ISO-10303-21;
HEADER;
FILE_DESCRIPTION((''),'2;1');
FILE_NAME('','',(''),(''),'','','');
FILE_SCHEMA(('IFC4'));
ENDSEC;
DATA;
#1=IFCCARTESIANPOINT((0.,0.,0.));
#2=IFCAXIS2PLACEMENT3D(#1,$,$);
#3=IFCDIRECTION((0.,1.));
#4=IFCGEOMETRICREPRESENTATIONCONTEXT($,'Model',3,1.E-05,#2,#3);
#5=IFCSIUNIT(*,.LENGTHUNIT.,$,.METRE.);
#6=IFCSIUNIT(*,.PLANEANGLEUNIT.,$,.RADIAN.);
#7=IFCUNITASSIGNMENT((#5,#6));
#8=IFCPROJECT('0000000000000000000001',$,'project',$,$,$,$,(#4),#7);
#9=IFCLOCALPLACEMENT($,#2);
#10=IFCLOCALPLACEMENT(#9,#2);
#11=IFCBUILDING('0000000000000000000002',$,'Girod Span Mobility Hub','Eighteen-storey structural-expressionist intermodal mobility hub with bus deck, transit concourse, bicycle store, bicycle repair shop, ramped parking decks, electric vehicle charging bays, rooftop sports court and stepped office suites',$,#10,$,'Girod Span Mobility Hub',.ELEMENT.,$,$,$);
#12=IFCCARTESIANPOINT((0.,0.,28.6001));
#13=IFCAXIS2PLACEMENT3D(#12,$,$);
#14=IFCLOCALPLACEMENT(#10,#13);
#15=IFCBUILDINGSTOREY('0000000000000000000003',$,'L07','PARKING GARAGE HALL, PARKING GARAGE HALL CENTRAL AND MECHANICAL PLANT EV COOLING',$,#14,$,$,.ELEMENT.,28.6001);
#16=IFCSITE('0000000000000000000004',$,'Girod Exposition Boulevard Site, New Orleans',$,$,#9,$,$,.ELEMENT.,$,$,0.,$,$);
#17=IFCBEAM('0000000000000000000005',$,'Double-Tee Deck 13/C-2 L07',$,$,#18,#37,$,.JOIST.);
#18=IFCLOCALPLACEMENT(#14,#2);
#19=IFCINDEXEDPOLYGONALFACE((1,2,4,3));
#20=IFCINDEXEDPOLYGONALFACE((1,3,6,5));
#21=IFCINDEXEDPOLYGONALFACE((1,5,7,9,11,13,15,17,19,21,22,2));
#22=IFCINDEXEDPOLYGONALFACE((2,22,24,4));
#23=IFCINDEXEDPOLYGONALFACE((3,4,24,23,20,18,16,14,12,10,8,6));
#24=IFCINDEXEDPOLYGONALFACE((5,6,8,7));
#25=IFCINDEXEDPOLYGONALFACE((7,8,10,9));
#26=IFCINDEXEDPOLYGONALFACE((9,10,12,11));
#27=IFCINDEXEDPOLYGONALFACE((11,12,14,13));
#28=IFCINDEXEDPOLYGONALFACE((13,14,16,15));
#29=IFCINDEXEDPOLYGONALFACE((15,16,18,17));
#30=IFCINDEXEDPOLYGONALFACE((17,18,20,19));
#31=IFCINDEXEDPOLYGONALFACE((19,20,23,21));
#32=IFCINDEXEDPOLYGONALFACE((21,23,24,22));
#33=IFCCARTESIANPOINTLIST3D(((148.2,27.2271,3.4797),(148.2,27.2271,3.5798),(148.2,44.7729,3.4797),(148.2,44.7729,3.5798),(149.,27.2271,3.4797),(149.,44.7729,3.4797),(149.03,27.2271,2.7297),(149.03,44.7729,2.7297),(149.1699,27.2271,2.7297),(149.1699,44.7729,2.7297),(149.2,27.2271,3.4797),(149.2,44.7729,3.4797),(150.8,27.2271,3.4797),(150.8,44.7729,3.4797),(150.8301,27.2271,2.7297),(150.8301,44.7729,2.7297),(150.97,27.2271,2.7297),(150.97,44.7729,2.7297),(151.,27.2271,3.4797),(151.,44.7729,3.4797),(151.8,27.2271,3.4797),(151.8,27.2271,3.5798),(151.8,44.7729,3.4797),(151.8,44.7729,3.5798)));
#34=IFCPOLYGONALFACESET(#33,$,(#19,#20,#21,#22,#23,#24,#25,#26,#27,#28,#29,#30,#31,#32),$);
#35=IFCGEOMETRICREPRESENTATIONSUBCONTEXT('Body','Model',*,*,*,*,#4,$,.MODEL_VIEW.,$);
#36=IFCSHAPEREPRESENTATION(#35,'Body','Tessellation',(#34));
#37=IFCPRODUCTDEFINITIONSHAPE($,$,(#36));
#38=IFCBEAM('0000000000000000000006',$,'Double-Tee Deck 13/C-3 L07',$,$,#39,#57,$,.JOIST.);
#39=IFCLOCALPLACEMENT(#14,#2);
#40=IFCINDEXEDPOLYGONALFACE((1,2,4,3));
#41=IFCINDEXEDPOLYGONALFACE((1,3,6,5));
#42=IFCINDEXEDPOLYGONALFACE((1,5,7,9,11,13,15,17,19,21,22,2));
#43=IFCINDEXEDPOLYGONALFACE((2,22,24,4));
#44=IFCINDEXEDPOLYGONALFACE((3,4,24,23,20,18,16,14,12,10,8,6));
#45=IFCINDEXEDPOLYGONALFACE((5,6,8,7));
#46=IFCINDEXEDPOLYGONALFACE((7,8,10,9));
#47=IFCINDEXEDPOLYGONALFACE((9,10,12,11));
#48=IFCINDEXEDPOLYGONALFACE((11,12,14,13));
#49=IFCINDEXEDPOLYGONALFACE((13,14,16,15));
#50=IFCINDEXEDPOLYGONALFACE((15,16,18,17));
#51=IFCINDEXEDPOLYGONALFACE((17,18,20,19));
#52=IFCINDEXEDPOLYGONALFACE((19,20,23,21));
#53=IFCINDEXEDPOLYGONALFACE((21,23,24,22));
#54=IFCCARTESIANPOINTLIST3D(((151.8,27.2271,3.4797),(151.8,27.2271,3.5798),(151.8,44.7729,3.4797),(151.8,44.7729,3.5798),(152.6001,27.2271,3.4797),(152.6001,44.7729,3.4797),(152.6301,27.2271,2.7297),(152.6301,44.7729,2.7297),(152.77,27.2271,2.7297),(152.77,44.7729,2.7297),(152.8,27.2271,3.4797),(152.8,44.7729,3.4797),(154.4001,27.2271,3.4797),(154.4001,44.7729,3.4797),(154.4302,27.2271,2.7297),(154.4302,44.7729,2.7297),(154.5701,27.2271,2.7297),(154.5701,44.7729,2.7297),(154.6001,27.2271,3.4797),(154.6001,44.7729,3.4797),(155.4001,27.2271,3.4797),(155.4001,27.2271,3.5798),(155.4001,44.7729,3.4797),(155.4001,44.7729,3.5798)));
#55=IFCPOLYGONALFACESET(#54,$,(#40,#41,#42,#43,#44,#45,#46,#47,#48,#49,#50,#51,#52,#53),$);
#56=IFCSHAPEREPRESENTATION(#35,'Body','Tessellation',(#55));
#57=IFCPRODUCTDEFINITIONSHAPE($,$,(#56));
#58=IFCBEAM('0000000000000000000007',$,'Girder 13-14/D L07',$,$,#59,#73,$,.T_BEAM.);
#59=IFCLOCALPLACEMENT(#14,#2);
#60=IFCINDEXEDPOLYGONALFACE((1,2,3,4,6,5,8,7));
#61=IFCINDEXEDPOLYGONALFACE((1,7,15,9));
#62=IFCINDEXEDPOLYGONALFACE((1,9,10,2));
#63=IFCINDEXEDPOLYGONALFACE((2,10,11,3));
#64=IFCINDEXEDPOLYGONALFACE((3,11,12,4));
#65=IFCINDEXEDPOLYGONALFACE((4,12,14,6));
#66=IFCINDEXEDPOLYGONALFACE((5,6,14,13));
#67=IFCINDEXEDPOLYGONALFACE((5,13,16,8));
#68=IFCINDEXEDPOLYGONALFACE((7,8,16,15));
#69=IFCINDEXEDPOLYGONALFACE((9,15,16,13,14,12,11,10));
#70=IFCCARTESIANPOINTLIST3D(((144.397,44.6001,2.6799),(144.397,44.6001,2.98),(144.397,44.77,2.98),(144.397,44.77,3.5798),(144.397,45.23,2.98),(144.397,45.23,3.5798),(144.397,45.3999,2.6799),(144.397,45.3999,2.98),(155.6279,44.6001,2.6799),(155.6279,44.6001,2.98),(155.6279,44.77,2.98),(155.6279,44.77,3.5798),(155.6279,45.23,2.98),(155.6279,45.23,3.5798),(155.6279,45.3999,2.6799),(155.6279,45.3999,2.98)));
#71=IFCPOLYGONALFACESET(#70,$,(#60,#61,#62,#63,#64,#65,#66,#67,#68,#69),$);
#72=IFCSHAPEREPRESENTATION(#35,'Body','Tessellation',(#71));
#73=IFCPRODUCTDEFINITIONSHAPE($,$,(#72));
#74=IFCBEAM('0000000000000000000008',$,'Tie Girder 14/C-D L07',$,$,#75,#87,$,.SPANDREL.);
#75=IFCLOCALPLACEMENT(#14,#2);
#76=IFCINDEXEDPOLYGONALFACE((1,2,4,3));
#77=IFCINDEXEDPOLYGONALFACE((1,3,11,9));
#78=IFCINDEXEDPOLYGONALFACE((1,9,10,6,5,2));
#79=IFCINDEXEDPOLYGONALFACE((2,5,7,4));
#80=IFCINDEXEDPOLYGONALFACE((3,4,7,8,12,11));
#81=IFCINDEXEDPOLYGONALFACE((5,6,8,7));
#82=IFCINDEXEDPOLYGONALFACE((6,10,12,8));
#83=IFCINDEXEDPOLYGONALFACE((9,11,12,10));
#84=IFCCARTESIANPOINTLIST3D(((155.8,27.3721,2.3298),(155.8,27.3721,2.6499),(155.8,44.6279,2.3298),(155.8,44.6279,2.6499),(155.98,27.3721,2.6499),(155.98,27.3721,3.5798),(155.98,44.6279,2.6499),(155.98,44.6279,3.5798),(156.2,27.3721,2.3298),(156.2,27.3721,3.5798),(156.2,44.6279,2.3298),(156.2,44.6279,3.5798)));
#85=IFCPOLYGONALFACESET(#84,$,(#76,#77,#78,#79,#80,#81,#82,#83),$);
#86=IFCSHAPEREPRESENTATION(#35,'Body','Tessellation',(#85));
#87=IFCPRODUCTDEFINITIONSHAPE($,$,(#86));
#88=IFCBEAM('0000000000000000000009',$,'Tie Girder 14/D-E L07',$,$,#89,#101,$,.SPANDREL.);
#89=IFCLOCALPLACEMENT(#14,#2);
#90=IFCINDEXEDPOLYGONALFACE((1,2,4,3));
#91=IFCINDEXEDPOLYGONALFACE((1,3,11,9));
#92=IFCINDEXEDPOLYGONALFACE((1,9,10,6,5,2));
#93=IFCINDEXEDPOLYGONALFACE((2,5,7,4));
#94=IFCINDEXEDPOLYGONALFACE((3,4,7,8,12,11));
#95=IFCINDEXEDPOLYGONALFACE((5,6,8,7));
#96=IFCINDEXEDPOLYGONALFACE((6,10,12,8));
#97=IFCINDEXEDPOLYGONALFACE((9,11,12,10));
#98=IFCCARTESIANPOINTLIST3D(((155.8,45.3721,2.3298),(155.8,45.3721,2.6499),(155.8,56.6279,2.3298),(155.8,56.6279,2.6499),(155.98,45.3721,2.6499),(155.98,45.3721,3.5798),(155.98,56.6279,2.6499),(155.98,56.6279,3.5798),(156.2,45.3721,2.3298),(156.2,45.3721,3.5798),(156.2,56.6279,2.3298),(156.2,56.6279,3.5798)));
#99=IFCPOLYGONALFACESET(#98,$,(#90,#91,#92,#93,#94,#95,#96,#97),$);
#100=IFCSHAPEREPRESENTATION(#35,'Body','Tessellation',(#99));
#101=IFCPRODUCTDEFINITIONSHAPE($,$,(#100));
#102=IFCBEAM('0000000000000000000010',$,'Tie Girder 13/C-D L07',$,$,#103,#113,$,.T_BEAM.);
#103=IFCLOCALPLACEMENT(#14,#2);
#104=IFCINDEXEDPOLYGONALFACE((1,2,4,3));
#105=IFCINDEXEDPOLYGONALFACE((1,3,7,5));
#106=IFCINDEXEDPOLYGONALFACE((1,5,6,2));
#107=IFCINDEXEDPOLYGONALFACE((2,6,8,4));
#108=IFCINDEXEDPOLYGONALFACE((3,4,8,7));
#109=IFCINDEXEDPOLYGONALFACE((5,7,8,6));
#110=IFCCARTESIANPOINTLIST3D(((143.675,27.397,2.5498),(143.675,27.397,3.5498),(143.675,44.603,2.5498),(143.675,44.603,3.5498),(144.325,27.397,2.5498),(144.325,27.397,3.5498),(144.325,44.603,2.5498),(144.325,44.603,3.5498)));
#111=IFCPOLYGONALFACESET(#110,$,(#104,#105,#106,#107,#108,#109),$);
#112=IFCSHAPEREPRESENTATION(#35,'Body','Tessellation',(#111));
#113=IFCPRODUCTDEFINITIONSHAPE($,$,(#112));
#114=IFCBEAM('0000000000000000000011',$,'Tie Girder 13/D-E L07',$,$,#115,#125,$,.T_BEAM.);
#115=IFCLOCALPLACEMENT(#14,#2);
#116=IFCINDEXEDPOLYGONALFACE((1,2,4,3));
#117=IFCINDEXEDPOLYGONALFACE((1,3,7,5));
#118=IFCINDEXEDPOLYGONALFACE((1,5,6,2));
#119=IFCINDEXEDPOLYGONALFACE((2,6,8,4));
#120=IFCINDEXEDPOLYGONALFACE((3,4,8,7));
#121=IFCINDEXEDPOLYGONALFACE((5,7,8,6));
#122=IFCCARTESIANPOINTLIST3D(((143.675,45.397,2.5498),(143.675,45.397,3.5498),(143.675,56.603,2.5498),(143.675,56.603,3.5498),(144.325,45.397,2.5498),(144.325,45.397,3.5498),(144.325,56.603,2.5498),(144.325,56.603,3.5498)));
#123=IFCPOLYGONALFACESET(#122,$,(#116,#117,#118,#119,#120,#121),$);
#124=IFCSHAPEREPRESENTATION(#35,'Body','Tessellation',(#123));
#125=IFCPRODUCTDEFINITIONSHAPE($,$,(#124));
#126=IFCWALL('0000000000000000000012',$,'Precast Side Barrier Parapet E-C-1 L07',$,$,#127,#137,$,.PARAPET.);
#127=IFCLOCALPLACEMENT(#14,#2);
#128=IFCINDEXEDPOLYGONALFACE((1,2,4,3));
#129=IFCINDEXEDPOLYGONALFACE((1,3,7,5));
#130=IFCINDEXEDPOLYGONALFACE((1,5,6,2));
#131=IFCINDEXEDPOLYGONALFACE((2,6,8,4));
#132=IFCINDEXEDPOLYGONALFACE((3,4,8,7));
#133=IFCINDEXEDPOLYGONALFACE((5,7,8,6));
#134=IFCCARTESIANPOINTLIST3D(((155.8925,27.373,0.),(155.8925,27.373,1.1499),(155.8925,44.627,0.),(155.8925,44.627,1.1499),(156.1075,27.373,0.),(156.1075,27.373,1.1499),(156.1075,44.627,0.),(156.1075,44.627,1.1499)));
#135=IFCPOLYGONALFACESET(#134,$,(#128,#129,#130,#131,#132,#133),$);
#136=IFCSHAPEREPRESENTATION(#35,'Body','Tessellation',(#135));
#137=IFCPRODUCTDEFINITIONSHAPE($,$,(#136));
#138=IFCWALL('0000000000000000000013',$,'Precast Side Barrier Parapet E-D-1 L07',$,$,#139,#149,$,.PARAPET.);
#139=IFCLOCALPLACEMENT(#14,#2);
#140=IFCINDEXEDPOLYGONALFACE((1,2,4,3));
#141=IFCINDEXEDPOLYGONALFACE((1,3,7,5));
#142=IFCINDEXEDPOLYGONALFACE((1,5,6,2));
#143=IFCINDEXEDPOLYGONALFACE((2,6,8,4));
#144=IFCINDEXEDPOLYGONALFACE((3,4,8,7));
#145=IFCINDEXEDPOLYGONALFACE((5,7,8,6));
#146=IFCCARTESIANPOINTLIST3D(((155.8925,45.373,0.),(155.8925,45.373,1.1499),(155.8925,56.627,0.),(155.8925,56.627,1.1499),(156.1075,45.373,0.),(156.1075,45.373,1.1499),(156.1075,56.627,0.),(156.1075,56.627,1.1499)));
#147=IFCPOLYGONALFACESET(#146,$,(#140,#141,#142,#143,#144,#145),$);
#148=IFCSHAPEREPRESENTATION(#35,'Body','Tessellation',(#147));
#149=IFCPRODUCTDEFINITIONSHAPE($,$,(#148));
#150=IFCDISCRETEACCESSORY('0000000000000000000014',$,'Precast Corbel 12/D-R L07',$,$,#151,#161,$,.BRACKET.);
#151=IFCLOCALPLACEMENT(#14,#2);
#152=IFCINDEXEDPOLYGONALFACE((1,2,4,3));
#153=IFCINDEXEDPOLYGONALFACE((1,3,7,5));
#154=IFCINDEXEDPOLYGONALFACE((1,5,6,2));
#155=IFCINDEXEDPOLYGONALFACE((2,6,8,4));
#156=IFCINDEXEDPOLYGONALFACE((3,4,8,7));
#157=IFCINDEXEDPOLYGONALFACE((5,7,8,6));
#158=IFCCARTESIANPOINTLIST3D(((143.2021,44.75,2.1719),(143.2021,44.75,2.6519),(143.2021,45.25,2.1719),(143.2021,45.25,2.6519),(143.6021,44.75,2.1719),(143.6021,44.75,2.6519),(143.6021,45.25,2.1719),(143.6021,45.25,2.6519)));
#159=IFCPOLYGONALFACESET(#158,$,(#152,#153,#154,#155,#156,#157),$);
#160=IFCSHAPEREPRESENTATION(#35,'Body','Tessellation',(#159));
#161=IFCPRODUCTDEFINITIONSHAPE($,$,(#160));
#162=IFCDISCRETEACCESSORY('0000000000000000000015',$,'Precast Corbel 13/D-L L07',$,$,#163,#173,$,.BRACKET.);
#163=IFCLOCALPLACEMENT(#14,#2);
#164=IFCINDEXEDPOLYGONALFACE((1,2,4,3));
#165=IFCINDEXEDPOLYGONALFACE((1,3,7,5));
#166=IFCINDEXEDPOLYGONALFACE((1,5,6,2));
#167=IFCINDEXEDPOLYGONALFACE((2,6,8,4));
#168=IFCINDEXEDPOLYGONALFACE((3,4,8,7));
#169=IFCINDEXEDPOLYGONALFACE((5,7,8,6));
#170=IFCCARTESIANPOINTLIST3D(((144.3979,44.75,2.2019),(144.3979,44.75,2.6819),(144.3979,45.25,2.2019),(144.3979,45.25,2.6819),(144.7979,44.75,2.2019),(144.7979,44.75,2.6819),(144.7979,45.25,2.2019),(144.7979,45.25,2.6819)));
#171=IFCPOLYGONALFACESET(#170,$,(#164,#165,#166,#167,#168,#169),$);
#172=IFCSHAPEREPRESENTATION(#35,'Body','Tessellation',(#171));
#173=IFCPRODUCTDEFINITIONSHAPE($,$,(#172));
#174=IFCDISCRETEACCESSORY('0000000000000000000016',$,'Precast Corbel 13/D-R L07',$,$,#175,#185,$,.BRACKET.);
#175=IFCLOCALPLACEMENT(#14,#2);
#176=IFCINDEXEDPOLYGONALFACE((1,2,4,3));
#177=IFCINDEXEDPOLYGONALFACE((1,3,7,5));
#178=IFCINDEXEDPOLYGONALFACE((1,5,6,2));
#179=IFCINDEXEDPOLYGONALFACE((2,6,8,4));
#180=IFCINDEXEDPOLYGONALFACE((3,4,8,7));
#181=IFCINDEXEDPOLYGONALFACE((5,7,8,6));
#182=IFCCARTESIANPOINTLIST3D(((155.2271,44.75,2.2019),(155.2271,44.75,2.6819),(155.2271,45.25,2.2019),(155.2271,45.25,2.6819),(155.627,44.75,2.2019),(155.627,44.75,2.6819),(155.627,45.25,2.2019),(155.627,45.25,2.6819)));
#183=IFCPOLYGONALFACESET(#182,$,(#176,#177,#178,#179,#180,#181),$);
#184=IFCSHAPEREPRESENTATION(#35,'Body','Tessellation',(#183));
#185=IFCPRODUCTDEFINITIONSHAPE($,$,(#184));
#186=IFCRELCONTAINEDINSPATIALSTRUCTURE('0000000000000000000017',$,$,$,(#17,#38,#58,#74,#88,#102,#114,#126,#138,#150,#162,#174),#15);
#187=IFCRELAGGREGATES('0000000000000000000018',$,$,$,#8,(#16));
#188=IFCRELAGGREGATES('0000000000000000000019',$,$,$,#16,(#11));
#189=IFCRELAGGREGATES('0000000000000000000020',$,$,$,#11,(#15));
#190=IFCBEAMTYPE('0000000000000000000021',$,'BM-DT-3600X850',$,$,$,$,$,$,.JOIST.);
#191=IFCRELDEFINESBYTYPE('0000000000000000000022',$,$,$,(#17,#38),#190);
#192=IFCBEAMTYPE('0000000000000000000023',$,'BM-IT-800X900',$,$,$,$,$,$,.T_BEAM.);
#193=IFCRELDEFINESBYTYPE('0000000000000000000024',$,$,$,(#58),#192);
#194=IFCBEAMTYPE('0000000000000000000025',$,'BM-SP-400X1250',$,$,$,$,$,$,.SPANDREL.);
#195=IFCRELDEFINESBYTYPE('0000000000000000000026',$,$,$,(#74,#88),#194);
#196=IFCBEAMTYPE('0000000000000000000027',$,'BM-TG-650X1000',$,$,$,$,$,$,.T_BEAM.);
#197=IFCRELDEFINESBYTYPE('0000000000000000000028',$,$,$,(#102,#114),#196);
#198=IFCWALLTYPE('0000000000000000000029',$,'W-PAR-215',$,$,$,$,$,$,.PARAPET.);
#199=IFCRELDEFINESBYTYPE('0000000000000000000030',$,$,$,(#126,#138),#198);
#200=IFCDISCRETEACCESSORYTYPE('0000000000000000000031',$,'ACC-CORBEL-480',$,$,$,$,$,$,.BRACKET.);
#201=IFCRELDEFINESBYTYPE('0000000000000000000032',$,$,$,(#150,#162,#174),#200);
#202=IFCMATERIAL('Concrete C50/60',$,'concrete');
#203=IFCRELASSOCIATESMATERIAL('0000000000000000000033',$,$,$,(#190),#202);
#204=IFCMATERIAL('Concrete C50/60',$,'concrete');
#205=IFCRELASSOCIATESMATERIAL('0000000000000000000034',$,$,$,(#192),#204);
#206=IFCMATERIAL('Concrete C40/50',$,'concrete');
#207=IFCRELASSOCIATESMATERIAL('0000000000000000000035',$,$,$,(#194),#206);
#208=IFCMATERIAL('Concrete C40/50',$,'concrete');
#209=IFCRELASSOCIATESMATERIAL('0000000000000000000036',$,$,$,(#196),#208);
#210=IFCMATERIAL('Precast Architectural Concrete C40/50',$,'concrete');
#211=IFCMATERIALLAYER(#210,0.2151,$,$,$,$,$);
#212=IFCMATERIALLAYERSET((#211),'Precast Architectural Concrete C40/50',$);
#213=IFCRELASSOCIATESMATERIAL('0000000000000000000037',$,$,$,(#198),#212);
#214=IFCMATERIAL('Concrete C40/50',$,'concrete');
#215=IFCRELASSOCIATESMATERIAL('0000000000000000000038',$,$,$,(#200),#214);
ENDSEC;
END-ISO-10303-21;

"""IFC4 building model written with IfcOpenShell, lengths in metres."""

from ifc_helpers import new_model, si_unit, direction, frame, frame_2d, origin, origin_2d, place, context, subcontext, project, spatial, polyline, rectangle, outline, extrude, material, layer, layer_set, material_profile, profile_set, type_object, element, save


model = new_model("IFC4")

# Units and contexts
model_context = context("Model", 3, precision=1e-05, world=origin(), true_north=direction((0.0, 1.0)))
body_context = subcontext(model_context, "Body", "Model", "MODEL_VIEW")
ifc_project = project(units=[si_unit("LENGTHUNIT", "METRE"), si_unit("PLANEANGLEUNIT", "RADIAN")], contexts=[model_context])

# Site, building, storey
site_placement = place(None, origin())
site = spatial("IfcSite", under=ifc_project, at=site_placement, Name="Girod Exposition Boulevard Site, New Orleans", CompositionType="ELEMENT", RefElevation=0.0)
building_placement = place(site_placement, origin())
building = spatial("IfcBuilding", under=site, at=building_placement, Name="Girod Span Mobility Hub", Description="Eighteen-storey structural-expressionist intermodal mobility hub with bus deck, transit concourse, bicycle store, bicycle repair shop, ramped parking decks, electric vehicle charging bays, rooftop sports court and stepped office suites", LongName="Girod Span Mobility Hub", CompositionType="ELEMENT")
storey_placement = place(building_placement, frame((0.0, 0.0, 28.6001)))
storey = spatial("IfcBuildingStorey", under=building, at=storey_placement, Name="L07", Description="PARKING GARAGE HALL, PARKING GARAGE HALL CENTRAL AND MECHANICAL PLANT EV COOLING", CompositionType="ELEMENT", Elevation=28.6001)

# Beams
ifc_material_1 = material(Name="Concrete C50/60", Category="concrete")
ifc_material_profile_1 = material_profile(ifc_material_1, outline(polyline([(-1.8, 0.425), (-1.8, 0.325), (-1.0, 0.325), (-0.97, -0.425), (-0.8301, -0.425), (-0.8, 0.325), (0.8, 0.325), (0.8301, -0.425), (0.97, -0.425), (1.0, 0.325), (1.8, 0.325), (1.8, 0.425), (-1.8, 0.425)])), Name="DT-3600X850")
ifc_profile_set_1 = profile_set([ifc_material_profile_1], Name="Concrete C50/60")
beam_type_1 = type_object("IfcBeamType", Name="BM-DT-3600X850", PredefinedType="JOIST", material=ifc_profile_set_1)
for number, where, z_axis, x_axis, name in (
    (1, (150.0, 27.2271, 3.1548), (0.0, 1.0, 0.0), (-1.0, 0.0, 0.0), "Double-Tee Deck 13/C-2 L07"),
    (2, (153.6001, 27.2271, 3.1548), (0.0, 1.0, 0.0), (-1.0, 0.0, 0.0), "Double-Tee Deck 13/C-3 L07"),
):
    element("IfcBeam", number, at=place(storey_placement, frame(where, z_axis=z_axis, x_axis=x_axis)), inside=storey, type_object=beam_type_1, Name=name, PredefinedType="JOIST", context=body_context, shape_type="SweptSolid", body=[
        extrude(outline(polyline([(-1.8, 0.425), (-1.8, 0.325), (-1.0, 0.325), (-0.97, -0.425), (-0.8301, -0.425), (-0.8, 0.325), (0.8, 0.325), (0.8301, -0.425), (0.97, -0.425), (1.0, 0.325), (1.8, 0.325), (1.8, 0.425), (-1.8, 0.425)])), origin(), (0.0, 0.0, 1.0), 17.5459),
    ])
ifc_material_2 = material(Name="Concrete C50/60", Category="concrete")
ifc_material_profile_2 = material_profile(ifc_material_2, outline(polyline([(-0.3999, -0.45), (0.3999, -0.45), (0.3999, -0.1499), (0.23, -0.1499), (0.23, 0.45), (-0.23, 0.45), (-0.23, -0.1499), (-0.3999, -0.1499), (-0.3999, -0.45)])), Name="IT-800X900")
ifc_profile_set_2 = profile_set([ifc_material_profile_2], Name="Concrete C50/60")
beam_type_2 = type_object("IfcBeamType", Name="BM-IT-800X900", PredefinedType="T_BEAM", material=ifc_profile_set_2)
beam_1_placement = place(storey_placement, frame((144.397, 45.0, 3.1299), z_axis=(1.0, 0.0, 0.0), x_axis=(0.0, 1.0, 0.0)))
element("IfcBeam", 3, at=beam_1_placement, inside=storey, type_object=beam_type_2, Name="Girder 13-14/D L07", PredefinedType="T_BEAM", context=body_context, shape_type="SweptSolid", body=[
    extrude(outline(polyline([(-0.3999, -0.45), (0.3999, -0.45), (0.3999, -0.1499), (0.23, -0.1499), (0.23, 0.45), (-0.23, 0.45), (-0.23, -0.1499), (-0.3999, -0.1499), (-0.3999, -0.45)])), origin(), (0.0, 0.0, 1.0), 11.231),
])
ifc_material_3 = material(Name="Concrete C40/50", Category="concrete")
ifc_material_profile_3 = material_profile(ifc_material_3, outline(polyline([(-0.2, -0.625), (0.2, -0.625), (0.2, -0.3049), (0.02, -0.3049), (0.02, 0.625), (-0.2, 0.625), (-0.2, -0.625)])), Name="SP-400X1250")
ifc_profile_set_3 = profile_set([ifc_material_profile_3], Name="Concrete C40/50")
beam_type_3 = type_object("IfcBeamType", Name="BM-SP-400X1250", PredefinedType="SPANDREL", material=ifc_profile_set_3)
beam_2_placement = place(storey_placement, frame((156.0, 27.3721, 2.9548), z_axis=(0.0, 1.0, 0.0), x_axis=(-1.0, 0.0, 0.0)))
element("IfcBeam", 4, at=beam_2_placement, inside=storey, type_object=beam_type_3, Name="Tie Girder 14/C-D L07", PredefinedType="SPANDREL", context=body_context, shape_type="SweptSolid", body=[
    extrude(outline(polyline([(-0.2, -0.625), (0.2, -0.625), (0.2, -0.3049), (0.02, -0.3049), (0.02, 0.625), (-0.2, 0.625), (-0.2, -0.625)])), origin(), (0.0, 0.0, 1.0), 17.2559),
])
beam_3_placement = place(storey_placement, frame((156.0, 45.3721, 2.9548), z_axis=(0.0, 1.0, 0.0), x_axis=(-1.0, 0.0, 0.0)))
element("IfcBeam", 5, at=beam_3_placement, inside=storey, type_object=beam_type_3, Name="Tie Girder 14/D-E L07", PredefinedType="SPANDREL", context=body_context, shape_type="SweptSolid", body=[
    extrude(outline(polyline([(-0.2, -0.625), (0.2, -0.625), (0.2, -0.3049), (0.02, -0.3049), (0.02, 0.625), (-0.2, 0.625), (-0.2, -0.625)])), origin(), (0.0, 0.0, 1.0), 11.2559),
])
ifc_material_4 = material(Name="Concrete C40/50", Category="concrete")
ifc_material_profile_4 = material_profile(ifc_material_4, rectangle(XDim=0.6499, YDim=1.0, at=origin_2d()), Name="TG-650X1000")
ifc_profile_set_4 = profile_set([ifc_material_profile_4], Name="Concrete C40/50")
beam_type_4 = type_object("IfcBeamType", Name="BM-TG-650X1000", PredefinedType="T_BEAM", material=ifc_profile_set_4)
beam_4_placement = place(storey_placement, frame((144.0, 27.397, 3.0498), z_axis=(0.0, 1.0, 0.0), x_axis=(-1.0, 0.0, 0.0)))
element("IfcBeam", 6, at=beam_4_placement, inside=storey, type_object=beam_type_4, Name="Tie Girder 13/C-D L07", PredefinedType="T_BEAM", context=body_context, shape_type="SweptSolid", body=[
    extrude(rectangle(XDim=0.6499, YDim=1.0, at=origin_2d()), origin(), (0.0, 0.0, 1.0), 17.2061),
])
beam_5_placement = place(storey_placement, frame((144.0, 45.397, 3.0498), z_axis=(0.0, 1.0, 0.0), x_axis=(-1.0, 0.0, 0.0)))
element("IfcBeam", 7, at=beam_5_placement, inside=storey, type_object=beam_type_4, Name="Tie Girder 13/D-E L07", PredefinedType="T_BEAM", context=body_context, shape_type="SweptSolid", body=[
    extrude(rectangle(XDim=0.6499, YDim=1.0, at=origin_2d()), origin(), (0.0, 0.0, 1.0), 11.2061),
])

# Walls
ifc_material_5 = material(Name="Precast Architectural Concrete C40/50", Category="concrete")
ifc_layer = layer(ifc_material_5, 0.2151)
ifc_layer_set = layer_set([ifc_layer], Name="Precast Architectural Concrete C40/50")
wall_type = type_object("IfcWallType", Name="W-PAR-215", PredefinedType="PARAPET", material=ifc_layer_set)
wall_1_placement = place(storey_placement, frame((156.0, 27.373, 0.0), z_axis=(0.0, 0.0, 1.0), x_axis=(0.0, 1.0, 0.0)))
element("IfcWall", 8, at=wall_1_placement, inside=storey, type_object=wall_type, Name="Precast Side Barrier Parapet E-C-1 L07", PredefinedType="PARAPET", context=body_context, shape_type="SweptSolid", body=[
    extrude(rectangle(XDim=17.2539, YDim=0.2151, at=frame_2d((8.627, 0.0))), origin(), (0.0, 0.0, 1.0), 1.1499),
])
wall_2_placement = place(storey_placement, frame((156.0, 45.373, 0.0), z_axis=(0.0, 0.0, 1.0), x_axis=(0.0, 1.0, 0.0)))
element("IfcWall", 9, at=wall_2_placement, inside=storey, type_object=wall_type, Name="Precast Side Barrier Parapet E-D-1 L07", PredefinedType="PARAPET", context=body_context, shape_type="SweptSolid", body=[
    extrude(rectangle(XDim=11.2539, YDim=0.2151, at=frame_2d((5.627, 0.0))), origin(), (0.0, 0.0, 1.0), 1.1499),
])

# Discrete accessories
ifc_material_6 = material(Name="Concrete C40/50", Category="concrete")
discrete_accessory_type = type_object("IfcDiscreteAccessoryType", Name="ACC-CORBEL-480", PredefinedType="BRACKET", material=ifc_material_6)
for number, where, z_axis, x_axis, name in (
    (10, (143.4021, 45.0, 2.1719), (0.0, 0.0, 1.0), (1.0, 0.0, 0.0), "Precast Corbel 12/D-R L07"),
    (11, (144.5979, 45.0, 2.2019), (0.0, 0.0, 1.0), (1.0, 0.0, 0.0), "Precast Corbel 13/D-L L07"),
    (12, (155.427, 45.0, 2.2019), (0.0, 0.0, 1.0), (1.0, 0.0, 0.0), "Precast Corbel 13/D-R L07"),
):
    element("IfcDiscreteAccessory", number, at=place(storey_placement, frame(where, z_axis=z_axis, x_axis=x_axis)), inside=storey, type_object=discrete_accessory_type, Name=name, PredefinedType="BRACKET", context=body_context, shape_type="SweptSolid", body=[
        extrude(rectangle(XDim=0.3999, YDim=0.5, at=origin_2d()), origin(), (0.0, 0.0, 1.0), 0.48),
    ])

save(model, "model.ifc")
